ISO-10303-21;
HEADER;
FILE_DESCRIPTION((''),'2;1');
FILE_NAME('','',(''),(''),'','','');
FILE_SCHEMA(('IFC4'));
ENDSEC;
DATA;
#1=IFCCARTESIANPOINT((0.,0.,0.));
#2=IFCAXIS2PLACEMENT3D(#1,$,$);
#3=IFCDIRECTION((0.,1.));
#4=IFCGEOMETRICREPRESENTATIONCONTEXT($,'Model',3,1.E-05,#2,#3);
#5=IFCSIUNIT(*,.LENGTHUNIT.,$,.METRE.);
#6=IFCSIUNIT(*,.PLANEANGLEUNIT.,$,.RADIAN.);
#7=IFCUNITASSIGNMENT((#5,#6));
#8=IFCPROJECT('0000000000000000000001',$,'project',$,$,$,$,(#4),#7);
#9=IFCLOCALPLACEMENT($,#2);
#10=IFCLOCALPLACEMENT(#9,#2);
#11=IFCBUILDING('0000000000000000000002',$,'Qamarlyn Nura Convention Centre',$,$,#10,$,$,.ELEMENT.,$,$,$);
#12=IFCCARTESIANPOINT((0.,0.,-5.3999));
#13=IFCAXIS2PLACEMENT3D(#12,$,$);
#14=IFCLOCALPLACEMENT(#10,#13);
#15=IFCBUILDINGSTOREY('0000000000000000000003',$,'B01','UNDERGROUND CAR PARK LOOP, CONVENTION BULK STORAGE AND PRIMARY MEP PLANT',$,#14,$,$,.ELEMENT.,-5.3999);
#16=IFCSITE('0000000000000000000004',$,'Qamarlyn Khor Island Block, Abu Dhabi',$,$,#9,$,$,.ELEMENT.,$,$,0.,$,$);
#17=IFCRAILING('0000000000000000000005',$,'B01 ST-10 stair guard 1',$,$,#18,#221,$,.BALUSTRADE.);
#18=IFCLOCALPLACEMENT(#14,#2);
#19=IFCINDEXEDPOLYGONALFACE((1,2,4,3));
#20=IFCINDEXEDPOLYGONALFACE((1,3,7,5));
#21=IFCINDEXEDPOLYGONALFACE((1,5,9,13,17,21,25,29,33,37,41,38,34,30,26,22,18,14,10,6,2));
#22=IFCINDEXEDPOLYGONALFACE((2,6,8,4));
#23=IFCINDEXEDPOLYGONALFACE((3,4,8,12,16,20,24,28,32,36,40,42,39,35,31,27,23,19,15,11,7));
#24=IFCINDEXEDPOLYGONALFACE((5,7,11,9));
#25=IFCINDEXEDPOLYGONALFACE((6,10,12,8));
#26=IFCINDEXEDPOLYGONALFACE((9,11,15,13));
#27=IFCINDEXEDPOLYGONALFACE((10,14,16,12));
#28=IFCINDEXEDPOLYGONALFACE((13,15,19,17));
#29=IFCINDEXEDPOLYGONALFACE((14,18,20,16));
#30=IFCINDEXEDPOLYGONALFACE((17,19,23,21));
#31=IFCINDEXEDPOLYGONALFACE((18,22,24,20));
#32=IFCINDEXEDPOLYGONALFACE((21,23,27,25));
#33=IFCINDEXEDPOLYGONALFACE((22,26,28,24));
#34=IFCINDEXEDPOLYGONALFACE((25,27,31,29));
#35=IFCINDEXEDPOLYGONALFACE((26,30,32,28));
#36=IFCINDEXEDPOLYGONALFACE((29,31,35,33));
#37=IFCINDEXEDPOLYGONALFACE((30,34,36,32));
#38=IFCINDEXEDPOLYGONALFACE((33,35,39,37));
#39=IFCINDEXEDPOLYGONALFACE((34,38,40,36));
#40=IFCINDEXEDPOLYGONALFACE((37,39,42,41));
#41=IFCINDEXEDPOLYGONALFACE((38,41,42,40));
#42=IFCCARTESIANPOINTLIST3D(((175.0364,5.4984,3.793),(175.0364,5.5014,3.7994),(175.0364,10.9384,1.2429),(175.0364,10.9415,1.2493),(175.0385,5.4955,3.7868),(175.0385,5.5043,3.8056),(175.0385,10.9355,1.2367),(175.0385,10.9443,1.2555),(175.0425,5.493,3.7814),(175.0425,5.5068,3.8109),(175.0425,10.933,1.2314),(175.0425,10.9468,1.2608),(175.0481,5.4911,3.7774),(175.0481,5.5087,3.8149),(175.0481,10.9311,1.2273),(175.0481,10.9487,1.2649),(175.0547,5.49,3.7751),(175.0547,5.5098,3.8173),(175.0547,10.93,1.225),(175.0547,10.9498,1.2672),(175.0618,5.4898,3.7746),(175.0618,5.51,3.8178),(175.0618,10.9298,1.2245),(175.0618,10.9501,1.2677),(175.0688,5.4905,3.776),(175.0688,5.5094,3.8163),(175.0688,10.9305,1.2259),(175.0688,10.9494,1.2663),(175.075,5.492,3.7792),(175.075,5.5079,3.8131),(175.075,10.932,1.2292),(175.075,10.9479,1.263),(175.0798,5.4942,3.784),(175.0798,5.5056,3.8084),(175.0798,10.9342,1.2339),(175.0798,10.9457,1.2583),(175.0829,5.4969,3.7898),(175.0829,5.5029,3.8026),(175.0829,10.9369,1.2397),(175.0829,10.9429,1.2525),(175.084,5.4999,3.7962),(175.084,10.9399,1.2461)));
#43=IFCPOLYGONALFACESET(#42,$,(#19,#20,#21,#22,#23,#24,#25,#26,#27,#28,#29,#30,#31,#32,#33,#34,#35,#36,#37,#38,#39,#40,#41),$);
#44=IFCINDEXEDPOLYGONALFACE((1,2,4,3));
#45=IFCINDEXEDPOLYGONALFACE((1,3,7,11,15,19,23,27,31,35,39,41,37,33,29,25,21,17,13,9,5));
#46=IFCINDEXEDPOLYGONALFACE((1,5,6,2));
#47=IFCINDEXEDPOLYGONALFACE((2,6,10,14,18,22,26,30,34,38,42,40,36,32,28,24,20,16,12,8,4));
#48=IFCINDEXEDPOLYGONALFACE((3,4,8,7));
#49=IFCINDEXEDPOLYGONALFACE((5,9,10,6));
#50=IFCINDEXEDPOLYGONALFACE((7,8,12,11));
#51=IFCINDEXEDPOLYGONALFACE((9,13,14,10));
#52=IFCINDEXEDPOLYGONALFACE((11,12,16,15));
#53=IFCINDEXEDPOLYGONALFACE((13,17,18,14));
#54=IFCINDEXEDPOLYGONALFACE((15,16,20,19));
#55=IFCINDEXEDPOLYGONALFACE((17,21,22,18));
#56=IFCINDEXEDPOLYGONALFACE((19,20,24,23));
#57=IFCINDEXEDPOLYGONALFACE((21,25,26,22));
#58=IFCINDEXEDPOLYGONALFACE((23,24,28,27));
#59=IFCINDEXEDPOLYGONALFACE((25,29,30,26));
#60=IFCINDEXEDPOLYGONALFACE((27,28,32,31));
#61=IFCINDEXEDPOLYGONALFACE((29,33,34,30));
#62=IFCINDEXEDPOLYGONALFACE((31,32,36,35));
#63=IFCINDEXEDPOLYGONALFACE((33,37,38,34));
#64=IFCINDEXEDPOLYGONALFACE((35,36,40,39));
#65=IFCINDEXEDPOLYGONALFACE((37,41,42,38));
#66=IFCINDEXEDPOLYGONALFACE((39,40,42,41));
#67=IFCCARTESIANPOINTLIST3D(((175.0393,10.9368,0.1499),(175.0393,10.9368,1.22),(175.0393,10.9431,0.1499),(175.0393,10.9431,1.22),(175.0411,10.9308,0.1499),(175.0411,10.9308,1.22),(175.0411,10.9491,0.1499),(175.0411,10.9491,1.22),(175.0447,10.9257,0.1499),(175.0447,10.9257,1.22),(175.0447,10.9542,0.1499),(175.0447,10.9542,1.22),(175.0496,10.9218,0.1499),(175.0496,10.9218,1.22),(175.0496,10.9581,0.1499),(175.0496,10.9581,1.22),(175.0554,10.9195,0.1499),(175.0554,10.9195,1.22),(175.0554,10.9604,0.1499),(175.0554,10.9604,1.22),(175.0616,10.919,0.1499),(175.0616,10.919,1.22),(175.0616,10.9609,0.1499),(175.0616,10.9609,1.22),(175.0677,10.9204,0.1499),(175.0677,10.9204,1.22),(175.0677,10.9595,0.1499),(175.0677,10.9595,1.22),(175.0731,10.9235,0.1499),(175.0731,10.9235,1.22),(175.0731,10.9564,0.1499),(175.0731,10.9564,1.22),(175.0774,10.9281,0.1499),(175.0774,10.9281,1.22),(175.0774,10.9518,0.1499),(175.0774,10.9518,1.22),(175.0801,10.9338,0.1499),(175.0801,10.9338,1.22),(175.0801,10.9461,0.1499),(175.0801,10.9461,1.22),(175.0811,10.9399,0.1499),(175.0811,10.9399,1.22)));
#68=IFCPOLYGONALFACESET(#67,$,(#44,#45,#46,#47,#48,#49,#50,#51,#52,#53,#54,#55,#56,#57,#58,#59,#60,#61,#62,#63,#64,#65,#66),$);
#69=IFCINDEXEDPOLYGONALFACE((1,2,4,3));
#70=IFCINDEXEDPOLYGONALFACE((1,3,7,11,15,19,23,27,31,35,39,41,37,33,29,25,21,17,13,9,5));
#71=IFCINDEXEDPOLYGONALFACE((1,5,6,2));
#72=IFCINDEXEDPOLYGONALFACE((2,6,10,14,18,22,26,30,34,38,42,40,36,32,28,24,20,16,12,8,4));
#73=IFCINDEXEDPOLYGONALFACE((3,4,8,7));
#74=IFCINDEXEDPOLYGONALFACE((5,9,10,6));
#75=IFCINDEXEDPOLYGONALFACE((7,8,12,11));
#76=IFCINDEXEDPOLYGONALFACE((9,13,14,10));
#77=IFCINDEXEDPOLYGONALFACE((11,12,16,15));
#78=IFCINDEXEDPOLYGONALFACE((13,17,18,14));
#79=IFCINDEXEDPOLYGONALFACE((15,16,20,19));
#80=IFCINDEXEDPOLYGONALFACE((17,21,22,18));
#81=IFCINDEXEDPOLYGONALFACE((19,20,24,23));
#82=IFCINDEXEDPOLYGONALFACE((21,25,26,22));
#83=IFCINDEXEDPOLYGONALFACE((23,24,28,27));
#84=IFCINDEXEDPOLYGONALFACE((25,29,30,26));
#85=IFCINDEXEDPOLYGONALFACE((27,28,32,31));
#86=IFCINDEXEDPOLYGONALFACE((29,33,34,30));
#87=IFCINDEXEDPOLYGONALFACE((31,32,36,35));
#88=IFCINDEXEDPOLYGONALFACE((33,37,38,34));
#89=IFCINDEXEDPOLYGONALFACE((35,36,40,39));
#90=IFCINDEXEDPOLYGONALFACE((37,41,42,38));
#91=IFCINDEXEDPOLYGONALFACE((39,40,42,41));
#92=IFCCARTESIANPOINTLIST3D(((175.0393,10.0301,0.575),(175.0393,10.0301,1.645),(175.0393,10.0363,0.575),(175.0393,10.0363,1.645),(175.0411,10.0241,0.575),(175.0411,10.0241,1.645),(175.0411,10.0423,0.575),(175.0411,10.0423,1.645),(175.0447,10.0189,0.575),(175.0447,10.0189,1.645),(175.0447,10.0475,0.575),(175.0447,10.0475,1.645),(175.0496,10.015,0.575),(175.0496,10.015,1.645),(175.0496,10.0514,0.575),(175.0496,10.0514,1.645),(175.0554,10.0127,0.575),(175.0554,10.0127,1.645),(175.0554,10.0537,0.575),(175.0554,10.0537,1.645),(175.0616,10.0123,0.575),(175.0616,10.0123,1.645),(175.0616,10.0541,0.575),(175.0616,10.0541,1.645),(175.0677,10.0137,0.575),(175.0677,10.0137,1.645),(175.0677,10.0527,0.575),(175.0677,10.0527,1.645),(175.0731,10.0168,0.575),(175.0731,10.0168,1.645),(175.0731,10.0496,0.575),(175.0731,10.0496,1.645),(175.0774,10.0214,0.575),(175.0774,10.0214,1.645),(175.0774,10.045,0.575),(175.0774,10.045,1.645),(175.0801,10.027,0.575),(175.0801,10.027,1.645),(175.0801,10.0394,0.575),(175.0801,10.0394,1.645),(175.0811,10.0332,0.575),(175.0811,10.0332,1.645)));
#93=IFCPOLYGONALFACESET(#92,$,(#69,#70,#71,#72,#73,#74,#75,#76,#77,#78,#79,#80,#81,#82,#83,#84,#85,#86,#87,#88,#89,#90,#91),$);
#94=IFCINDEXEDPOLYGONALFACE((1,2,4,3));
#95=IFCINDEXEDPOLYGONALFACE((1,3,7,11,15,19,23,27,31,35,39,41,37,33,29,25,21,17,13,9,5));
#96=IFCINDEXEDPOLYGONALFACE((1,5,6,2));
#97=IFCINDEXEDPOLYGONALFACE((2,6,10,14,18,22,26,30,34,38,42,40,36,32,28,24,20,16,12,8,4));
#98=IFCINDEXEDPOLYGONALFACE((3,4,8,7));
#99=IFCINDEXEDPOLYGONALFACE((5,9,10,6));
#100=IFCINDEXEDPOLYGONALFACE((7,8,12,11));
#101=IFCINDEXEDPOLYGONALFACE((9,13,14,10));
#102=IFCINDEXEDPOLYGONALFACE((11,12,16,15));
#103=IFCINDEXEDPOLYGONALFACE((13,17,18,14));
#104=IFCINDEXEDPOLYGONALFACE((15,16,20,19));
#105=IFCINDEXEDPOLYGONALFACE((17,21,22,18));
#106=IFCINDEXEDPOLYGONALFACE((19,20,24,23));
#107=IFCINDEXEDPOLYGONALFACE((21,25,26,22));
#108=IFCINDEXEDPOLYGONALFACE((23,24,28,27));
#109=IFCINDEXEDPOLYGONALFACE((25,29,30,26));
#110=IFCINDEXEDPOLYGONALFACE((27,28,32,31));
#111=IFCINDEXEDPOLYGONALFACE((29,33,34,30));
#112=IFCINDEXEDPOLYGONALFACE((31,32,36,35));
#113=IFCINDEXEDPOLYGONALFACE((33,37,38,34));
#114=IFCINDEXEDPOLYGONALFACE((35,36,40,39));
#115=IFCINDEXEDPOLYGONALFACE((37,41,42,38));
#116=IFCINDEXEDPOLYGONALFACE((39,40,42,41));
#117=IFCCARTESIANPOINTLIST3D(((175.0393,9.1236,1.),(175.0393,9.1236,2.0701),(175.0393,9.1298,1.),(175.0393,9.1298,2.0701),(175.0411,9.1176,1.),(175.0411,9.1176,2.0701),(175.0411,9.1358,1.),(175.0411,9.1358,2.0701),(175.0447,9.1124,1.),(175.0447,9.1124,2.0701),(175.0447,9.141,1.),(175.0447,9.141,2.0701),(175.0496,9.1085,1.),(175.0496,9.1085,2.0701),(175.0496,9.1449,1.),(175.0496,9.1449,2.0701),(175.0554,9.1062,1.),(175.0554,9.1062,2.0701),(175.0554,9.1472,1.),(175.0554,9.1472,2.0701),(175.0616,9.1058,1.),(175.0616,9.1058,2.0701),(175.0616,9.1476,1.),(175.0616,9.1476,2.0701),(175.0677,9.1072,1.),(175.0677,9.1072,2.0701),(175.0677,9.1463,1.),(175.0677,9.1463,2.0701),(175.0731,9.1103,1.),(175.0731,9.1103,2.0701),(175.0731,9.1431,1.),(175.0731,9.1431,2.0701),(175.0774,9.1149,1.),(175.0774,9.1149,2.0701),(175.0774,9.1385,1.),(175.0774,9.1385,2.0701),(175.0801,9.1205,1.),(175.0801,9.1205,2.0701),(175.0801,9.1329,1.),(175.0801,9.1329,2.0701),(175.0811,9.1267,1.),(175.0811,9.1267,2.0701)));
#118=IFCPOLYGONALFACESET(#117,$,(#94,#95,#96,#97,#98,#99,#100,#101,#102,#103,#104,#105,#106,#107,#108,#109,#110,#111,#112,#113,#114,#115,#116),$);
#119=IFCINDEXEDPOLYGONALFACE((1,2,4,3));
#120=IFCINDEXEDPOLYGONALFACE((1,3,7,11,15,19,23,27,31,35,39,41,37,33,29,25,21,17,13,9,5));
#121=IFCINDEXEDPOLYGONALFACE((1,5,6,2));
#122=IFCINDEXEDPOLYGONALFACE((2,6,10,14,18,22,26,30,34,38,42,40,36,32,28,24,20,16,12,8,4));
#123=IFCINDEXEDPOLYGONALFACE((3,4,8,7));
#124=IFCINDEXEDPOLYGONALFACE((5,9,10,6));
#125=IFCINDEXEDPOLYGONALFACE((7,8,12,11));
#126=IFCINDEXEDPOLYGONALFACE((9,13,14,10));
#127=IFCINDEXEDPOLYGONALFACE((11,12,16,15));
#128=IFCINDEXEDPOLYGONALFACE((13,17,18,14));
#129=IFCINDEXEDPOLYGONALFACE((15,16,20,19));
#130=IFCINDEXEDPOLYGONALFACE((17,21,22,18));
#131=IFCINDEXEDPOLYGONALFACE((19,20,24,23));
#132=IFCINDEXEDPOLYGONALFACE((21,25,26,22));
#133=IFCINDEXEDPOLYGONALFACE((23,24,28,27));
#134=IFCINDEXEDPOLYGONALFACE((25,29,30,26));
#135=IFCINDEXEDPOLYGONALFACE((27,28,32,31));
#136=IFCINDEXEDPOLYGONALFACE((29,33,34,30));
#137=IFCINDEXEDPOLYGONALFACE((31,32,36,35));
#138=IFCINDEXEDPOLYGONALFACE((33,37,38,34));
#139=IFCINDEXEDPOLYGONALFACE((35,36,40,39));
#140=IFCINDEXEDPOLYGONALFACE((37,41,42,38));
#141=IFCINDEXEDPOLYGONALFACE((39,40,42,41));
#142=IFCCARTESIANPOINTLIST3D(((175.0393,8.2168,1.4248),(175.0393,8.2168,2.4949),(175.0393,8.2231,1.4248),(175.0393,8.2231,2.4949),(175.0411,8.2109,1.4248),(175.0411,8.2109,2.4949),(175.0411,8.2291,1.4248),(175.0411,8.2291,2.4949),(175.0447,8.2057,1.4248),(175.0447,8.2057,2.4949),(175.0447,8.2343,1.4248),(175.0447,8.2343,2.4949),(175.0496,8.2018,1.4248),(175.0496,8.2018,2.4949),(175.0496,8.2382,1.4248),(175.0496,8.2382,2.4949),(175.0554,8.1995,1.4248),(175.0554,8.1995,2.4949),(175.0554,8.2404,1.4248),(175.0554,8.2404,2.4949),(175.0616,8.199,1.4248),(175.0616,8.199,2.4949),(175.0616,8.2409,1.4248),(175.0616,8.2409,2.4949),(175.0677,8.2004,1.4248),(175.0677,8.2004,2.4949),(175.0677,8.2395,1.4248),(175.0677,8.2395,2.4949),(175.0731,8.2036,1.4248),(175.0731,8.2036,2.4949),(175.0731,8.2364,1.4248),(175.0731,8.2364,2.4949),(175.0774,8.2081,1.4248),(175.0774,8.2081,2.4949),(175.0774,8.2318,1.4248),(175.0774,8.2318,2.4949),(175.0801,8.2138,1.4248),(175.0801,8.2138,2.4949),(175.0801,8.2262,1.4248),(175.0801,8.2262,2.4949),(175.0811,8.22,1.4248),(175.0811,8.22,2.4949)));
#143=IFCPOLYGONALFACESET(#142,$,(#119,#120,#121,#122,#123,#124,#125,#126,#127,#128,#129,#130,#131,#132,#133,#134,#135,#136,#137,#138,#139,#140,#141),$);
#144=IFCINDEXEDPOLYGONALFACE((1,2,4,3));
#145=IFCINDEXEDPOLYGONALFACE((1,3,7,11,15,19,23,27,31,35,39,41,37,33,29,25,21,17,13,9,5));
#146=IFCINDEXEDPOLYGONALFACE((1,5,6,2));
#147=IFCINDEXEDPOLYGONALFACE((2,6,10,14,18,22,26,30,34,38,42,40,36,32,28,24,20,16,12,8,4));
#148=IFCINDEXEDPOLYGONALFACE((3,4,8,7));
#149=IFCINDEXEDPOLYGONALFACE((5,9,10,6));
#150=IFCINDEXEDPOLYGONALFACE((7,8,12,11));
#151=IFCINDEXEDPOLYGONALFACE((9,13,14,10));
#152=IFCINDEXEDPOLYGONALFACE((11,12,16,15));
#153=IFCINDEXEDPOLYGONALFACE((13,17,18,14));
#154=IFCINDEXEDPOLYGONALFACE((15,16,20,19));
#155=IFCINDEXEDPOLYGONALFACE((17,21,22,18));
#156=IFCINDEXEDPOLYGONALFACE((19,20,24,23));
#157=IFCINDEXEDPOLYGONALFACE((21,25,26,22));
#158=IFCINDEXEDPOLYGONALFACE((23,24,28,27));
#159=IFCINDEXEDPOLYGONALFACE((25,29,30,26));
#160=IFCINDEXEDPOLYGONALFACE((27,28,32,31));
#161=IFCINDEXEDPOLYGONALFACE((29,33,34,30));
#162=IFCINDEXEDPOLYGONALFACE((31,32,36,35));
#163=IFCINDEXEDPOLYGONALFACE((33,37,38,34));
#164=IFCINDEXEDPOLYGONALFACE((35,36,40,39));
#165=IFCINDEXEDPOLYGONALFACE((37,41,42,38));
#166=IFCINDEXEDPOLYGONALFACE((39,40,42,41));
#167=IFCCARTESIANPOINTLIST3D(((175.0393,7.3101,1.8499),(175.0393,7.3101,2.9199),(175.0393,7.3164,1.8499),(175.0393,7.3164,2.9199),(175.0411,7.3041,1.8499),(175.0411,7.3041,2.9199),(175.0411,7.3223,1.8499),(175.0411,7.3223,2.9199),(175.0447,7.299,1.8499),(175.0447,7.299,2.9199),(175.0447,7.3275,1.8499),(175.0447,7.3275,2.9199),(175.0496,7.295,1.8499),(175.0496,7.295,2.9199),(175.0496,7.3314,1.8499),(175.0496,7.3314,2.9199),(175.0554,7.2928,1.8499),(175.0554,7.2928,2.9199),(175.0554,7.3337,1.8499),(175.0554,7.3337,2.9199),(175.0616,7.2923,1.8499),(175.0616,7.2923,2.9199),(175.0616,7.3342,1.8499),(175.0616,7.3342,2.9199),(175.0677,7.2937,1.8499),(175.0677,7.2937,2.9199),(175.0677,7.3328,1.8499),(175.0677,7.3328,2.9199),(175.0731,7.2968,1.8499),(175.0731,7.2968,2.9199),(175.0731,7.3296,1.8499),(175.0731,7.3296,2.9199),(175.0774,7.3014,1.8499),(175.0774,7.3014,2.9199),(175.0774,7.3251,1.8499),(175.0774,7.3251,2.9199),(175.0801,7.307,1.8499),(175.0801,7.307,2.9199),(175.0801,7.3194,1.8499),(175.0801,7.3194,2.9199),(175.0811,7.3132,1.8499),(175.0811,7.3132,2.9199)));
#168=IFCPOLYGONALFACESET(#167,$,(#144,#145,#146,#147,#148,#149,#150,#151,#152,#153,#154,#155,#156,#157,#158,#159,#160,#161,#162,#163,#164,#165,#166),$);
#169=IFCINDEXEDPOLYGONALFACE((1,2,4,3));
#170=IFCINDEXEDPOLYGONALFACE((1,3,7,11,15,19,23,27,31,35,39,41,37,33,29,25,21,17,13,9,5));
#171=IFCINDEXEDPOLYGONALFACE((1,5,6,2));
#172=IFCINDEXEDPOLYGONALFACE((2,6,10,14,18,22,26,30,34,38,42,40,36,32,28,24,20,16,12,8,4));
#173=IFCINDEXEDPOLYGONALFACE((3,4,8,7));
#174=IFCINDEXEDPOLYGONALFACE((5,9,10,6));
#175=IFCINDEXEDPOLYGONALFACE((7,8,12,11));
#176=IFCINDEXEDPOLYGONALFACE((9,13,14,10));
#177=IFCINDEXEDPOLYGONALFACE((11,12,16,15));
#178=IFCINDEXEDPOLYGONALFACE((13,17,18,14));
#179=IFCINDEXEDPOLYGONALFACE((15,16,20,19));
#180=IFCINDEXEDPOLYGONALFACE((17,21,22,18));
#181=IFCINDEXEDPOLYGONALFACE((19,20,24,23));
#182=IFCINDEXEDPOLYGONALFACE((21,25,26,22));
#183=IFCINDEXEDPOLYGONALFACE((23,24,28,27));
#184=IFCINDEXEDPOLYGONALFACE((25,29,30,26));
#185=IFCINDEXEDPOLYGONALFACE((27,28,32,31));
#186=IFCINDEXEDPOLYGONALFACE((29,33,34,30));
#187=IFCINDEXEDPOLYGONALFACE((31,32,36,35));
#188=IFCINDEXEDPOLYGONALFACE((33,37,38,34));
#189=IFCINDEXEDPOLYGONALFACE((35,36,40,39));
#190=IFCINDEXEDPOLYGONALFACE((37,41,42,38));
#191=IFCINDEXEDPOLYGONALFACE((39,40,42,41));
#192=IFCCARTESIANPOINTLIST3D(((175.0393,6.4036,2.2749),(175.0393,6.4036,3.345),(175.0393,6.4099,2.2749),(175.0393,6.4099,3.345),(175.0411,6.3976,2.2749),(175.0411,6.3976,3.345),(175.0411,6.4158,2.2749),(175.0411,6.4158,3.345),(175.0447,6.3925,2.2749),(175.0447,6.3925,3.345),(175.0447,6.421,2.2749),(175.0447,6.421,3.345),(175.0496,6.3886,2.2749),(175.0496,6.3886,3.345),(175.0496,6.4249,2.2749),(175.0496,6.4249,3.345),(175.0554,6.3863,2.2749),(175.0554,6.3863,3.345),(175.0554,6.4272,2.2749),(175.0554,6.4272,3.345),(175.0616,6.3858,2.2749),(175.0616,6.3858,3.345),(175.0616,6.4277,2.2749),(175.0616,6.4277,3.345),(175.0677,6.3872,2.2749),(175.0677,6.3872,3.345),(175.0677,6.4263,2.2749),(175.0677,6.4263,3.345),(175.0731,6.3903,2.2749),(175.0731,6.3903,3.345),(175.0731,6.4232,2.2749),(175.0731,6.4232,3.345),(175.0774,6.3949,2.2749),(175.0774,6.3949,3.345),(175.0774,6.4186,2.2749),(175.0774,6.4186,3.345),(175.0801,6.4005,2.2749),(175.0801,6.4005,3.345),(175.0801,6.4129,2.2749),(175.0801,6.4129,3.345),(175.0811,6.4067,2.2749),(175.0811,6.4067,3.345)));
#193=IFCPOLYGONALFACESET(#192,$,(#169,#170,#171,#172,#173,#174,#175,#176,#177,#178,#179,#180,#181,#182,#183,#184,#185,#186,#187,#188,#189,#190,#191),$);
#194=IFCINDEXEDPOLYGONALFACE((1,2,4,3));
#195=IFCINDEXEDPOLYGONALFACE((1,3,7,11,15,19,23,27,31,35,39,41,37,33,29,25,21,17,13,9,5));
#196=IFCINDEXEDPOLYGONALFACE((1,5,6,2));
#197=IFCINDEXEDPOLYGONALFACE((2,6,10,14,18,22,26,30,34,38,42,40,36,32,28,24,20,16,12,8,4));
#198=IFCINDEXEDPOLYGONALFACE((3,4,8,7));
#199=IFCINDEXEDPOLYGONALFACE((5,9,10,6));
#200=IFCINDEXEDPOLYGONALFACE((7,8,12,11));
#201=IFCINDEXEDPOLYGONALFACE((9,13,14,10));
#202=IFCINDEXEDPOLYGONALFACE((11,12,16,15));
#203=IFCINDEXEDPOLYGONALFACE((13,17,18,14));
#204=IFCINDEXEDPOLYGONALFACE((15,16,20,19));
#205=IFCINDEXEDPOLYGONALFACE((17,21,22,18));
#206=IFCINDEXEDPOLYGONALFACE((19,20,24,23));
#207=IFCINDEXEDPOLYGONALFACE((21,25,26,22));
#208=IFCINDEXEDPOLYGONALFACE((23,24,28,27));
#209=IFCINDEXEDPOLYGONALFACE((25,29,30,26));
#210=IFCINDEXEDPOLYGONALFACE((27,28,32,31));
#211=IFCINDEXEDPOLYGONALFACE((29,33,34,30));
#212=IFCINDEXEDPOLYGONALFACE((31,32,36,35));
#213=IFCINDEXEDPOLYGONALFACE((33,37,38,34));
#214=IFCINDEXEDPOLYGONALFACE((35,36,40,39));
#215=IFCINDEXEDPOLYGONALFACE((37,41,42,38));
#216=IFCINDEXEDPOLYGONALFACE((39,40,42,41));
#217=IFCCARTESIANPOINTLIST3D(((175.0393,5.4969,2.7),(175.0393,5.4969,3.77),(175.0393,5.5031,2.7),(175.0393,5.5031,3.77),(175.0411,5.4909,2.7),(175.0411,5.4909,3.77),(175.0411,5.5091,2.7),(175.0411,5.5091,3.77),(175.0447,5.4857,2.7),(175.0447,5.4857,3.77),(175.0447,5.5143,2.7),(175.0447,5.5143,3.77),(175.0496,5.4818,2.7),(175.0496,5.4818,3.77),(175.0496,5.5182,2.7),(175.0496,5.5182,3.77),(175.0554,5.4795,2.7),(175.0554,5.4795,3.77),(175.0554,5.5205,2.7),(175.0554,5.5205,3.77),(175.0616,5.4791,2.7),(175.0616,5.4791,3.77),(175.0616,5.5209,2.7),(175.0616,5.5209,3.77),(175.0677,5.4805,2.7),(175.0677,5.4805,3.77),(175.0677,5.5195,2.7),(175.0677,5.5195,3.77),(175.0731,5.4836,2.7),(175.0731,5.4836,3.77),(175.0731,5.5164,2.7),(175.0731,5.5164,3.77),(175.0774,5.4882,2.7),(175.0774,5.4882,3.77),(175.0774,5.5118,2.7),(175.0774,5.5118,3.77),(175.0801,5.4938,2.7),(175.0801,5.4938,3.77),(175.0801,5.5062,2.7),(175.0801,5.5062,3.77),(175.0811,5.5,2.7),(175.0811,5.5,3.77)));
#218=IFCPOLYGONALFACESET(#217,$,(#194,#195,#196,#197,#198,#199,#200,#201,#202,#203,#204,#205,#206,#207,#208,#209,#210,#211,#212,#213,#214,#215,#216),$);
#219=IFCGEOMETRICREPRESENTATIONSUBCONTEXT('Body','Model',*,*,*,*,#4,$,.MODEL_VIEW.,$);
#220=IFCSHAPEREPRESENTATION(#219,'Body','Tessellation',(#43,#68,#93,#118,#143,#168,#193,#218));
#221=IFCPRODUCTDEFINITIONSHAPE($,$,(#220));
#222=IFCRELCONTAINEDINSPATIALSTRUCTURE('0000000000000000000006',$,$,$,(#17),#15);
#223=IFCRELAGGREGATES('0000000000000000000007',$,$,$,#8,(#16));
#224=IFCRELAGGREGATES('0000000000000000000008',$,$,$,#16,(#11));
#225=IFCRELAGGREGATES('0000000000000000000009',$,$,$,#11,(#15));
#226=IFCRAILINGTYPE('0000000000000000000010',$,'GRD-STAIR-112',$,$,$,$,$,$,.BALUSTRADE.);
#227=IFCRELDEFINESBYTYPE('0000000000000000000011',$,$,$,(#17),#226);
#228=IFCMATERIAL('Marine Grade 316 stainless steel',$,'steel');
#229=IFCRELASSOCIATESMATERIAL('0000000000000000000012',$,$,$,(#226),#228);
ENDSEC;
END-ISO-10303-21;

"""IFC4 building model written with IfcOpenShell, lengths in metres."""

from ifc_helpers import new_model, si_unit, direction, frame, origin, origin_2d, place, context, subcontext, project, spatial, circle, extrude, material, type_object, element, save


model = new_model("IFC4")

# Units and contexts
model_context = context("Model", 3, precision=1e-05, world=origin(), true_north=direction((0.0, 1.0)))
body_context = subcontext(model_context, "Body", "Model", "MODEL_VIEW")
ifc_project = project(units=[si_unit("LENGTHUNIT", "METRE"), si_unit("PLANEANGLEUNIT", "RADIAN")], contexts=[model_context])

# Site, building, storey
site_placement = place(None, origin())
site = spatial("IfcSite", under=ifc_project, at=site_placement, Name="Qamarlyn Khor Island Block, Abu Dhabi", CompositionType="ELEMENT", RefElevation=0.0)
building_placement = place(site_placement, origin())
building = spatial("IfcBuilding", under=site, at=building_placement, Name="Qamarlyn Nura Convention Centre", CompositionType="ELEMENT")
storey_placement = place(building_placement, frame((0.0, 0.0, -5.3999)))
storey = spatial("IfcBuildingStorey", under=building, at=storey_placement, Name="B01", Description="UNDERGROUND CAR PARK LOOP, CONVENTION BULK STORAGE AND PRIMARY MEP PLANT", CompositionType="ELEMENT", Elevation=-5.3999)

# Railing
ifc_material_1 = material(Name="Marine Grade 316 stainless steel", Category="steel")
railing_type_1 = type_object("IfcRailingType", Name="GRD-STAIR-112", PredefinedType="BALUSTRADE", material=ifc_material_1)
railing_1_placement = place(storey_placement, frame((175.0601, 10.9399, 0.1499)))
element("IfcRailing", 1, at=railing_1_placement, inside=storey, type_object=railing_type_1, Name="B01 ST-10 stair guard 1", PredefinedType="BALUSTRADE", context=body_context, shape_type="SweptSolid", body=[
    extrude(circle(Radius=0.0239, at=origin_2d()), frame((0.0, 0.0, 1.0962), z_axis=(0.0, -0.905454, 0.424444), x_axis=(1.0, 0.0, 0.0)), (0.0, 0.0, 1.0), 6.0081),
    extrude(circle(Radius=0.021, at=origin_2d()), origin(), (0.0, 0.0, 1.0), 1.0701),
    extrude(circle(Radius=0.021, at=origin_2d()), frame((0.0, -0.9067, 0.425)), (0.0, 0.0, 1.0), 1.0701),
    extrude(circle(Radius=0.021, at=origin_2d()), frame((0.0, -1.8132, 0.8501)), (0.0, 0.0, 1.0), 1.0701),
    extrude(circle(Radius=0.021, at=origin_2d()), frame((0.0, -2.72, 1.2749)), (0.0, 0.0, 1.0), 1.0701),
    extrude(circle(Radius=0.021, at=origin_2d()), frame((0.0, -3.6267, 1.7)), (0.0, 0.0, 1.0), 1.0701),
    extrude(circle(Radius=0.021, at=origin_2d()), frame((0.0, -4.5332, 2.125)), (0.0, 0.0, 1.0), 1.0701),
    extrude(circle(Radius=0.021, at=origin_2d()), frame((0.0, -5.4399, 2.55)), (0.0, 0.0, 1.0), 1.0701),
])

save(model, "model.ifc")
